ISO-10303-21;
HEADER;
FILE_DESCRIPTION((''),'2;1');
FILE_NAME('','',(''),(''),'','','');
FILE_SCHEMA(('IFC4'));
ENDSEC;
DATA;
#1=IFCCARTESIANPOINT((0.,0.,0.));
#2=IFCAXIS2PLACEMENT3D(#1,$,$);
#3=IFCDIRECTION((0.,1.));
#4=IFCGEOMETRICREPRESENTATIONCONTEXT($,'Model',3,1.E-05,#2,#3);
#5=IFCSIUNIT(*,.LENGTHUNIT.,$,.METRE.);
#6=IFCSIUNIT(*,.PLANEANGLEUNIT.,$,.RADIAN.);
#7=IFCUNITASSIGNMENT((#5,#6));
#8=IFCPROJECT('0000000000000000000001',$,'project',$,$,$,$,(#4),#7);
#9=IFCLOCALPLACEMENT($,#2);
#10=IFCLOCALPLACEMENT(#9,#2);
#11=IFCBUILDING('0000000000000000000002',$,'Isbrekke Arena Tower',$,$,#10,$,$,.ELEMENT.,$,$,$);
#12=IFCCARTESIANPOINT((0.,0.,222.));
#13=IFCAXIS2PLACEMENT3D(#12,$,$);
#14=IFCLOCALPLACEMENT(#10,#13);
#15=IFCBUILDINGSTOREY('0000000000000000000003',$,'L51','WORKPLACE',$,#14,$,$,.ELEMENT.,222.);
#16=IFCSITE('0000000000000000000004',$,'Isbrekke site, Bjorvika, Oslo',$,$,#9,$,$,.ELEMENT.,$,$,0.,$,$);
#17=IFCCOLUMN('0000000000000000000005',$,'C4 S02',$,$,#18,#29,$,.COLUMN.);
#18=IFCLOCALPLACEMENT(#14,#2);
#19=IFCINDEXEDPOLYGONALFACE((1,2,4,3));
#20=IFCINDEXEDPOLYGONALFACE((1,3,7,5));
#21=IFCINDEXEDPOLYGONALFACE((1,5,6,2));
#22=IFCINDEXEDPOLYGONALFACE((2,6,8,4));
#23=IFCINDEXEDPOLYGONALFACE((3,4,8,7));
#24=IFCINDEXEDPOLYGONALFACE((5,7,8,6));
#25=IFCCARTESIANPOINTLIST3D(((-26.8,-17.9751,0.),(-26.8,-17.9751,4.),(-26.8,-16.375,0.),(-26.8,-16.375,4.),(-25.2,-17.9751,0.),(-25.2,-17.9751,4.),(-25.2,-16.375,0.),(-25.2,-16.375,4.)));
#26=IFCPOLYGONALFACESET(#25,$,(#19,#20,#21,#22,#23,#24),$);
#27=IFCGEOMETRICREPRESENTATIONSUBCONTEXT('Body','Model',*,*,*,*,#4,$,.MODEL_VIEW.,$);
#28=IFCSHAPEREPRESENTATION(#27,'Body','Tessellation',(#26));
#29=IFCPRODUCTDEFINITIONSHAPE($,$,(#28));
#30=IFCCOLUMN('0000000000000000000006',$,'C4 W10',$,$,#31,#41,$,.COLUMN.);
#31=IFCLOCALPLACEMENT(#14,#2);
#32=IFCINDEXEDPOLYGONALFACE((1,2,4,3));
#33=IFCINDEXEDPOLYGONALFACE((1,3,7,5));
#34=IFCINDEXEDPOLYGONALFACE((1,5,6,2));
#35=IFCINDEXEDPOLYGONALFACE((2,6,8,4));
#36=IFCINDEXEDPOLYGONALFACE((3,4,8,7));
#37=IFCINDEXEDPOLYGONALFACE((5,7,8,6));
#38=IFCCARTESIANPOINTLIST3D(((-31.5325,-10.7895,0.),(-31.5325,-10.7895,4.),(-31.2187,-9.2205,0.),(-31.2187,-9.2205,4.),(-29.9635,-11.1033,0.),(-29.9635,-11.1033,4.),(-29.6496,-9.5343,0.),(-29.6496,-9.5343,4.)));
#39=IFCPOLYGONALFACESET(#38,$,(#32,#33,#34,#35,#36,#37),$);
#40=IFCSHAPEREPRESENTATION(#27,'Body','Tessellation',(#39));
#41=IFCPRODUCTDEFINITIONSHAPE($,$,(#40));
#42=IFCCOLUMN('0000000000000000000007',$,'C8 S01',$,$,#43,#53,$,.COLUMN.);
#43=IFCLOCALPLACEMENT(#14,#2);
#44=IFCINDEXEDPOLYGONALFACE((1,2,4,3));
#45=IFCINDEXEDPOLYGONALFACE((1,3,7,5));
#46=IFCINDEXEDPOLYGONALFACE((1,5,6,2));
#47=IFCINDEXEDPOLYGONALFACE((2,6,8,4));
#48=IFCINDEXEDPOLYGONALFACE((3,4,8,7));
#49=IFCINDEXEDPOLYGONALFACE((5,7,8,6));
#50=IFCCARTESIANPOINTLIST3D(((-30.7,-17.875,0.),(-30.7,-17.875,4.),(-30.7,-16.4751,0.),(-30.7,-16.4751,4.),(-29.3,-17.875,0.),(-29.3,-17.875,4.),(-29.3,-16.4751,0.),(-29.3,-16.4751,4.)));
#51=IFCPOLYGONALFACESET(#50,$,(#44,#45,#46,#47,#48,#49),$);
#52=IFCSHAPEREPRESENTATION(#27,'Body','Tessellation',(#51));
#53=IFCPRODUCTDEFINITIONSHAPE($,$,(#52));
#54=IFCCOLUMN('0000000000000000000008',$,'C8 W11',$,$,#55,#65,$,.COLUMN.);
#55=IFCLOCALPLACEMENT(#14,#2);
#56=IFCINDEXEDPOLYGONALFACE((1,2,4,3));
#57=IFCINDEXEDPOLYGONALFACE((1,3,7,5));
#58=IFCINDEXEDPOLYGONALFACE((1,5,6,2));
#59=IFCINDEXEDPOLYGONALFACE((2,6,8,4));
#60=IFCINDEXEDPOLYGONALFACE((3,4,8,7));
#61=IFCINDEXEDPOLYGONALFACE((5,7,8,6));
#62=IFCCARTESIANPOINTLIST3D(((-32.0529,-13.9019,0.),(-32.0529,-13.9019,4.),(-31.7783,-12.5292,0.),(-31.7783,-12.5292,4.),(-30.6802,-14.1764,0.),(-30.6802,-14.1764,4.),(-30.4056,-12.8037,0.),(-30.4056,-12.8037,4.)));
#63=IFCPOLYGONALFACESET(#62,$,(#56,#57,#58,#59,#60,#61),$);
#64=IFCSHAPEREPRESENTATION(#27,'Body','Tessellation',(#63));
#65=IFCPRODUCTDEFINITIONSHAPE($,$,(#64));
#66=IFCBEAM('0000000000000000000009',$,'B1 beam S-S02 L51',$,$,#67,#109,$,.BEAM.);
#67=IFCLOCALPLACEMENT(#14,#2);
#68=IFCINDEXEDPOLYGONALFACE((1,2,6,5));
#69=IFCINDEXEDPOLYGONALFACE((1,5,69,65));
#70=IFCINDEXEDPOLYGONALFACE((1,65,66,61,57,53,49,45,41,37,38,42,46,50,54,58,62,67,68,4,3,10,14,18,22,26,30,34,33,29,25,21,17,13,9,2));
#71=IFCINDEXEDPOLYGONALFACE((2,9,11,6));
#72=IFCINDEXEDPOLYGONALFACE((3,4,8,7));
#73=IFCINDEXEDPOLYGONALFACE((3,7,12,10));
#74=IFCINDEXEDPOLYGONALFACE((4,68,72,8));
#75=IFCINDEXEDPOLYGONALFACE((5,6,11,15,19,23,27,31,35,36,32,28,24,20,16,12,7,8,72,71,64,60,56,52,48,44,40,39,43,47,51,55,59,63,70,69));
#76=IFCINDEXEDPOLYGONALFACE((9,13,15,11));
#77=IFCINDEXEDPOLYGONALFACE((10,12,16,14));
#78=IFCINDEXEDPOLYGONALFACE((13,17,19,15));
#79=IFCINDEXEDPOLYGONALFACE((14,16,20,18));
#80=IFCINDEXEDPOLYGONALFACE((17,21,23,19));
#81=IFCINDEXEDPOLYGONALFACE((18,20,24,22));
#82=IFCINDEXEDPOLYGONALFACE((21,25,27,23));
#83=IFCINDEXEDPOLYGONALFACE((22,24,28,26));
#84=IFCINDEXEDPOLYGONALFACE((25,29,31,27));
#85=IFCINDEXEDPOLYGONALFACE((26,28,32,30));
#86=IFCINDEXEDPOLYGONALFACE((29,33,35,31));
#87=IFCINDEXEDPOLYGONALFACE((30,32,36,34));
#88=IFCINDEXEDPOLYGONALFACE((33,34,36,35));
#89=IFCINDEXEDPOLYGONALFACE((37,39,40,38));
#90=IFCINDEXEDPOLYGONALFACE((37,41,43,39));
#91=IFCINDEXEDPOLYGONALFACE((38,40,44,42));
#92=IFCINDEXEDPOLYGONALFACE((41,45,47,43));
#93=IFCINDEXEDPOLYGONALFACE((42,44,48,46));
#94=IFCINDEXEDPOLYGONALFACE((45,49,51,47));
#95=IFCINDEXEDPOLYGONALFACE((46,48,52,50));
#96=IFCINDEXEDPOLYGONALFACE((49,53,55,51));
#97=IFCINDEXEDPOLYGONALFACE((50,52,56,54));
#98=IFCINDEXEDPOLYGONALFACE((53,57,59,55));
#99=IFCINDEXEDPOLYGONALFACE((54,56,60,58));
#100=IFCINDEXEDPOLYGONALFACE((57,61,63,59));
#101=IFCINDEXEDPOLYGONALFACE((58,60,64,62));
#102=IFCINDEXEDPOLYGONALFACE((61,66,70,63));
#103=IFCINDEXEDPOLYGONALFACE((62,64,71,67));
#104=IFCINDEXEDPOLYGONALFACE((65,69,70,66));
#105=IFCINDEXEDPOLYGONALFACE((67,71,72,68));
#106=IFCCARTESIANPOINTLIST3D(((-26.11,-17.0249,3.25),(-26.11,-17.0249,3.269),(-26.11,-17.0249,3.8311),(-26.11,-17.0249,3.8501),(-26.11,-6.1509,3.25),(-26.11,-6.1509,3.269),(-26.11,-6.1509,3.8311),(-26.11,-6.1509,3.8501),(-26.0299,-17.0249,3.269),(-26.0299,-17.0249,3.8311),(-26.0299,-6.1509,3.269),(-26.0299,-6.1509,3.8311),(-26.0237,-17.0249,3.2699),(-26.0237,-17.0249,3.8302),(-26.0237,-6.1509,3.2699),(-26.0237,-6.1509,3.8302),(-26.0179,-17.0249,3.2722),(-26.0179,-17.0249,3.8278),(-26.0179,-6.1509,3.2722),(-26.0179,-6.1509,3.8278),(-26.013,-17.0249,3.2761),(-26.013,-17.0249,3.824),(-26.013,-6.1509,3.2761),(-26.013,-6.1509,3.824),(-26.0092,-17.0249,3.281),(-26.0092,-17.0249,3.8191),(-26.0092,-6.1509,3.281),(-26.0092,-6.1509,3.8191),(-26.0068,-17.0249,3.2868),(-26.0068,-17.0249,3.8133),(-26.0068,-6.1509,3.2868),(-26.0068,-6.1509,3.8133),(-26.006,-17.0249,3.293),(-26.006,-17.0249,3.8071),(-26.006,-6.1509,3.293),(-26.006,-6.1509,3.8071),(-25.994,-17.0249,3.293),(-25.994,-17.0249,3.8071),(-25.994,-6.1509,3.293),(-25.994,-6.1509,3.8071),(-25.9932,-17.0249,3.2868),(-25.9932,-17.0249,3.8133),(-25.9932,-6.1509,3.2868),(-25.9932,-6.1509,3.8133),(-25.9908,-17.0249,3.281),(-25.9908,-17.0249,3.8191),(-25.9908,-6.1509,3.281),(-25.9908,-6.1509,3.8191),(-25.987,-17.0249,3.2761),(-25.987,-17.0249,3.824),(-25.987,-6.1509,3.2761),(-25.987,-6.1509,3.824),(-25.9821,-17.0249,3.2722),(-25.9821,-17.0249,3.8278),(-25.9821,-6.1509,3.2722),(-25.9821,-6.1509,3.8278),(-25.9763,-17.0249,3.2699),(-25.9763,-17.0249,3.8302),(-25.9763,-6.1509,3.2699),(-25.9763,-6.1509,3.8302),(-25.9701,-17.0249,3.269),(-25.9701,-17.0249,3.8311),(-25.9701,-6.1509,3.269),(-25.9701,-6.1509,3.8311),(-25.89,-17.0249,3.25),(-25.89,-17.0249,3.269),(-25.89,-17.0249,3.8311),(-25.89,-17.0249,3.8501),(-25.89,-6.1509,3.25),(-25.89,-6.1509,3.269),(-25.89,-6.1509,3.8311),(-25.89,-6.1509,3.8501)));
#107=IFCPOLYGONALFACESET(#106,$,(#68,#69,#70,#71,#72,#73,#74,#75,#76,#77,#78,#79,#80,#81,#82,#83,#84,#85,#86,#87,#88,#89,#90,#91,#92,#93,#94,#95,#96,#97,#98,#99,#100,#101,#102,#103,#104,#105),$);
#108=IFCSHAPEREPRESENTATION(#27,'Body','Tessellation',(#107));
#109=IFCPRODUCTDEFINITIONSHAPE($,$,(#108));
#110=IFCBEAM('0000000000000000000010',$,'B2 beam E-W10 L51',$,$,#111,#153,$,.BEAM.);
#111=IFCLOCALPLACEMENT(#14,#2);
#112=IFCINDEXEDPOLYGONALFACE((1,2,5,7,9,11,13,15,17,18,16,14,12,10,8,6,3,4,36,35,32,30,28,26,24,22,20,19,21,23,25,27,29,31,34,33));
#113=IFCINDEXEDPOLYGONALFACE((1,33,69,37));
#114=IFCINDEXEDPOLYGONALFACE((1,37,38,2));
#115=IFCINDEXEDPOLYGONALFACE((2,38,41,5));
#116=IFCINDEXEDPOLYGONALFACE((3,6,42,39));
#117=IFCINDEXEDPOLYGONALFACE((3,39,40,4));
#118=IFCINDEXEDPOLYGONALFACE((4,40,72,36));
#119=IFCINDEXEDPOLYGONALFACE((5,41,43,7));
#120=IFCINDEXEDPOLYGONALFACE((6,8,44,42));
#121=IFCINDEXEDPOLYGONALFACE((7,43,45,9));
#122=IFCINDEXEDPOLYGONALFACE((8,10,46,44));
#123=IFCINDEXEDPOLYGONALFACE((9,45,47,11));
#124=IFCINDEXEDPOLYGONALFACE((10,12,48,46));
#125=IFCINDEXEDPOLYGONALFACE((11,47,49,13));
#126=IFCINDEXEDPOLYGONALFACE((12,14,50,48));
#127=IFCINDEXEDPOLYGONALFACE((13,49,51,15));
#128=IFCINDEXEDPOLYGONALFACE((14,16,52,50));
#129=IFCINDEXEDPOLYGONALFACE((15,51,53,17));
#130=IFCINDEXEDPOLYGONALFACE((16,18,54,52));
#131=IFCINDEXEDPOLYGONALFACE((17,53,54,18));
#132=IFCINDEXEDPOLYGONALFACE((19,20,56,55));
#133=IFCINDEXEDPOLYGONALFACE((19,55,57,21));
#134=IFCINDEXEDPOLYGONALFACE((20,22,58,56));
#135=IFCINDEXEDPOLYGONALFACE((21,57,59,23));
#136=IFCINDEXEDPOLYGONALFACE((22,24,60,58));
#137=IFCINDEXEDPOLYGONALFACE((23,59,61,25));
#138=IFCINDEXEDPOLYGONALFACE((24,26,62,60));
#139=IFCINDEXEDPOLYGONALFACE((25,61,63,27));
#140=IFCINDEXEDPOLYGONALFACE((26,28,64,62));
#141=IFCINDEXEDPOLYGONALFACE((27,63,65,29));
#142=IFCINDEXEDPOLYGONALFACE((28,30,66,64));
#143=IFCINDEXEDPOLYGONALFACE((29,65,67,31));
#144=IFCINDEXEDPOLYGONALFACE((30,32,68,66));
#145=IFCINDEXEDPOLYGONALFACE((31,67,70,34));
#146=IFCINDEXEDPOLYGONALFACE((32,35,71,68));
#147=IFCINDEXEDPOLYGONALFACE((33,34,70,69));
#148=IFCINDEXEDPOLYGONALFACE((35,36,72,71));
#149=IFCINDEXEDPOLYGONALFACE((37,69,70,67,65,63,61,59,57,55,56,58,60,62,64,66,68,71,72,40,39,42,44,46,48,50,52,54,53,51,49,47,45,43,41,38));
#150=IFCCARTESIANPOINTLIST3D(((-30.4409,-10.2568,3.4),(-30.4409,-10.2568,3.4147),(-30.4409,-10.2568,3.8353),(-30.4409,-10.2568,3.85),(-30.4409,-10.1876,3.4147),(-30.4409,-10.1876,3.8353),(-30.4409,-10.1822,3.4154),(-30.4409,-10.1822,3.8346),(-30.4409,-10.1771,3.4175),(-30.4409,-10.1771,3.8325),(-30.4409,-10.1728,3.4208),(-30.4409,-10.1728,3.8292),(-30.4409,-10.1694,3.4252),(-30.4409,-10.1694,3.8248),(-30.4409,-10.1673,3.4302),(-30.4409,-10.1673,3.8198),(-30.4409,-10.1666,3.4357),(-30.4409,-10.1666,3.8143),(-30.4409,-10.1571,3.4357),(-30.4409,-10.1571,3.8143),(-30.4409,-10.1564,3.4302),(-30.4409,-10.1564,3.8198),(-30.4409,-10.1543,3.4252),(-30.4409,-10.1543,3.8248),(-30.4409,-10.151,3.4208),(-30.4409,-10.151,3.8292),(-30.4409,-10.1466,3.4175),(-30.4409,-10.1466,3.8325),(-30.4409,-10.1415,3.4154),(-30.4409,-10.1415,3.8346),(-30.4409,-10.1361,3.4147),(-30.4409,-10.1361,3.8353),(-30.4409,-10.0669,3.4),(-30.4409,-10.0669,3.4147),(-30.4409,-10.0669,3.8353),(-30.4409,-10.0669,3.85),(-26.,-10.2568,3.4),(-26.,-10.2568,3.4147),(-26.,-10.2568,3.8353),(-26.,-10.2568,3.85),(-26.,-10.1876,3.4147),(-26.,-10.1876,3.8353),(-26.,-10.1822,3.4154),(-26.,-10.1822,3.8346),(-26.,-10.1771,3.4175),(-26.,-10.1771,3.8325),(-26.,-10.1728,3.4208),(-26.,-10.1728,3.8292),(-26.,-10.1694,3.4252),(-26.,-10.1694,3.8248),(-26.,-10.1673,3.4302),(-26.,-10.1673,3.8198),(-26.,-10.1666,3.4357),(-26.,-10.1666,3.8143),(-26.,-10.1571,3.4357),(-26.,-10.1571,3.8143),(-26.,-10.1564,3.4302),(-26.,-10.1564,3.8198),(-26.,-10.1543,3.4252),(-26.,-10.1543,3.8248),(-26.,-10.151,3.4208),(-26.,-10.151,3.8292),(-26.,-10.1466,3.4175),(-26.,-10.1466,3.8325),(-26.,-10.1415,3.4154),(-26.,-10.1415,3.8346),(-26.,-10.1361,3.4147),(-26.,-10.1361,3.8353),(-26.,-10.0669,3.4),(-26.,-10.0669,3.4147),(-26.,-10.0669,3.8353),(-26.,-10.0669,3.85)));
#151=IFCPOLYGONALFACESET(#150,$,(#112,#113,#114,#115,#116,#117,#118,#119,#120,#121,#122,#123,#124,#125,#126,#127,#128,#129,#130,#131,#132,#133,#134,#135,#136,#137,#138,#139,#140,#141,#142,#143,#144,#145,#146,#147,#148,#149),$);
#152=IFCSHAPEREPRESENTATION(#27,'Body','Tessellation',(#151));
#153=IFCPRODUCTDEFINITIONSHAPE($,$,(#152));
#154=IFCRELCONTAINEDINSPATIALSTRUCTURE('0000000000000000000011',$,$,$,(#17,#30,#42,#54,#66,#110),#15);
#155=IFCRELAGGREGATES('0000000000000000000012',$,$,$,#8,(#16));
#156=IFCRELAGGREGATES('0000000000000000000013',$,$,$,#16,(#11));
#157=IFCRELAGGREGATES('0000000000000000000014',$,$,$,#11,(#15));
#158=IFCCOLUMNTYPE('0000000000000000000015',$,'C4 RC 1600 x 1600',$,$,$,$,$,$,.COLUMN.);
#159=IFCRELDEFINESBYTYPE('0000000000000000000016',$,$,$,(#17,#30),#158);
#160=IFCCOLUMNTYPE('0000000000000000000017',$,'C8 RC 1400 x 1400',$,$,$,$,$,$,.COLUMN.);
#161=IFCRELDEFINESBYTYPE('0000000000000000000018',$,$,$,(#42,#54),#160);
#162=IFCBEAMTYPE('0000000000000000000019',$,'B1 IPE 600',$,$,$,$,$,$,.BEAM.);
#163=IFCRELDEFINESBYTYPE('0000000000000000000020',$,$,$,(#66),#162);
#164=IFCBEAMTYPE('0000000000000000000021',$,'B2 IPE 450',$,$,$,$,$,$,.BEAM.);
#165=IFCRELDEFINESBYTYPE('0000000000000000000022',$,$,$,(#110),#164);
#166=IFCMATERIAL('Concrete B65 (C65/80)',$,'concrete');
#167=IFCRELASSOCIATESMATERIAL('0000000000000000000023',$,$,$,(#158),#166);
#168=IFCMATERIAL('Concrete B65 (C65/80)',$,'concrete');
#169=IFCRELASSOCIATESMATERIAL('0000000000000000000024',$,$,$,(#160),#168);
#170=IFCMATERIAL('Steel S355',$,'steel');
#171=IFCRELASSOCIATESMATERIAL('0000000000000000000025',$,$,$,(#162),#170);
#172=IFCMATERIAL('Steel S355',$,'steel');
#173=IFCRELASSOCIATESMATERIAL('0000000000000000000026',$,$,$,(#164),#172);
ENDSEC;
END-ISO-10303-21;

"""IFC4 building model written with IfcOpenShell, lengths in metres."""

from ifc_helpers import new_model, si_unit, direction, frame, origin, origin_2d, place, context, subcontext, project, spatial, rectangle, i_section, extrude, material, material_profile, profile_set, type_object, element, save


model = new_model("IFC4")

# Units and contexts
model_context = context("Model", 3, precision=1e-05, world=origin(), true_north=direction((0.0, 1.0)))
body_context = subcontext(model_context, "Body", "Model", "MODEL_VIEW")
ifc_project = project(units=[si_unit("LENGTHUNIT", "METRE"), si_unit("PLANEANGLEUNIT", "RADIAN")], contexts=[model_context])

# Site, building, storey
site_placement = place(None, origin())
site = spatial("IfcSite", under=ifc_project, at=site_placement, Name="Isbrekke site, Bjorvika, Oslo", CompositionType="ELEMENT", RefElevation=0.0)
building_placement = place(site_placement, origin())
building = spatial("IfcBuilding", under=site, at=building_placement, Name="Isbrekke Arena Tower", CompositionType="ELEMENT")
storey_placement = place(building_placement, frame((0.0, 0.0, 222.0)))
storey = spatial("IfcBuildingStorey", under=building, at=storey_placement, Name="L51", Description="WORKPLACE", CompositionType="ELEMENT", Elevation=222.0)

# Columns
ifc_material_1 = material(Name="Concrete B65 (C65/80)", Category="concrete")
ifc_material_profile_1 = material_profile(ifc_material_1, rectangle(XDim=1.6001, YDim=1.6001, at=origin_2d()), Name="RC 1600x1600")
ifc_profile_set_1 = profile_set([ifc_material_profile_1], Name="Concrete B65 (C65/80)")
column_type_1 = type_object("IfcColumnType", Name="C4 RC 1600 x 1600", PredefinedType="COLUMN", material=ifc_profile_set_1)
for number, where, z_axis, x_axis, name in (
    (1, (-26.0, -17.175, 0.0), (0.0, 0.0, 1.0), (1.0, 0.0, 0.0), "C4 S02"),
    (2, (-30.5911, -10.1619, 0.0), (0.0, 0.0, 1.0), (-0.196116, -0.980581, 0.0), "C4 W10"),
):
    element("IfcColumn", number, at=place(storey_placement, frame(where, z_axis=z_axis, x_axis=x_axis)), inside=storey, type_object=column_type_1, Name=name, PredefinedType="COLUMN", context=body_context, shape_type="SweptSolid", body=[
        extrude(rectangle(XDim=1.6001, YDim=1.6001, at=origin_2d()), origin(), (0.0, 0.0, 1.0), 4.0),
    ])
ifc_material_2 = material(Name="Concrete B65 (C65/80)", Category="concrete")
ifc_material_profile_2 = material_profile(ifc_material_2, rectangle(XDim=1.3999, YDim=1.3999, at=origin_2d()), Name="RC 1400x1400")
ifc_profile_set_2 = profile_set([ifc_material_profile_2], Name="Concrete B65 (C65/80)")
column_type_2 = type_object("IfcColumnType", Name="C8 RC 1400 x 1400", PredefinedType="COLUMN", material=ifc_profile_set_2)
for number, where, z_axis, x_axis, name in (
    (3, (-30.0, -17.175, 0.0), (0.0, 0.0, 1.0), (1.0, 0.0, 0.0), "C8 S01"),
    (4, (-31.2292, -13.3528, 0.0), (0.0, 0.0, 1.0), (-0.196116, -0.980581, 0.0), "C8 W11"),
):
    element("IfcColumn", number, at=place(storey_placement, frame(where, z_axis=z_axis, x_axis=x_axis)), inside=storey, type_object=column_type_2, Name=name, PredefinedType="COLUMN", context=body_context, shape_type="SweptSolid", body=[
        extrude(rectangle(XDim=1.3999, YDim=1.3999, at=origin_2d()), origin(), (0.0, 0.0, 1.0), 4.0),
    ])

# Beams
ifc_material_3 = material(Name="Steel S355", Category="steel")
ifc_material_profile_3 = material_profile(ifc_material_3, i_section(OverallWidth=0.22, OverallDepth=0.6001, WebThickness=0.012, FlangeThickness=0.019, FilletRadius=0.0239, at=origin_2d()), Name="IPE 600")
ifc_profile_set_3 = profile_set([ifc_material_profile_3], Name="Steel S355")
beam_type_1 = type_object("IfcBeamType", Name="B1 IPE 600", PredefinedType="BEAM", material=ifc_profile_set_3)
beam_1_placement = place(storey_placement, frame((-26.0, -17.0249, 3.55), z_axis=(0.0, 1.0, 0.0), x_axis=(-1.0, 0.0, 0.0)))
element("IfcBeam", 5, at=beam_1_placement, inside=storey, type_object=beam_type_1, Name="B1 beam S-S02 L51", PredefinedType="BEAM", context=body_context, shape_type="SweptSolid", body=[
    extrude(i_section(OverallWidth=0.22, OverallDepth=0.6001, WebThickness=0.012, FlangeThickness=0.019, FilletRadius=0.0239, at=origin_2d()), origin(), (0.0, 0.0, 1.0), 10.874),
])
ifc_material_4 = material(Name="Steel S355", Category="steel")
ifc_material_profile_4 = material_profile(ifc_material_4, i_section(OverallWidth=0.1899, OverallDepth=0.45, WebThickness=0.0095, FlangeThickness=0.0146, FilletRadius=0.021, at=origin_2d()), Name="IPE 450")
ifc_profile_set_4 = profile_set([ifc_material_profile_4], Name="Steel S355")
beam_type_2 = type_object("IfcBeamType", Name="B2 IPE 450", PredefinedType="BEAM", material=ifc_profile_set_4)
beam_2_placement = place(storey_placement, frame((-30.4409, -10.1619, 3.625), z_axis=(1.0, 0.0, 0.0), x_axis=(0.0, 1.0, 0.0)))
element("IfcBeam", 6, at=beam_2_placement, inside=storey, type_object=beam_type_2, Name="B2 beam E-W10 L51", PredefinedType="BEAM", context=body_context, shape_type="SweptSolid", body=[
    extrude(i_section(OverallWidth=0.1899, OverallDepth=0.45, WebThickness=0.0095, FlangeThickness=0.0146, FilletRadius=0.021, at=origin_2d()), origin(), (0.0, 0.0, 1.0), 4.4409),
])

save(model, "model.ifc")
